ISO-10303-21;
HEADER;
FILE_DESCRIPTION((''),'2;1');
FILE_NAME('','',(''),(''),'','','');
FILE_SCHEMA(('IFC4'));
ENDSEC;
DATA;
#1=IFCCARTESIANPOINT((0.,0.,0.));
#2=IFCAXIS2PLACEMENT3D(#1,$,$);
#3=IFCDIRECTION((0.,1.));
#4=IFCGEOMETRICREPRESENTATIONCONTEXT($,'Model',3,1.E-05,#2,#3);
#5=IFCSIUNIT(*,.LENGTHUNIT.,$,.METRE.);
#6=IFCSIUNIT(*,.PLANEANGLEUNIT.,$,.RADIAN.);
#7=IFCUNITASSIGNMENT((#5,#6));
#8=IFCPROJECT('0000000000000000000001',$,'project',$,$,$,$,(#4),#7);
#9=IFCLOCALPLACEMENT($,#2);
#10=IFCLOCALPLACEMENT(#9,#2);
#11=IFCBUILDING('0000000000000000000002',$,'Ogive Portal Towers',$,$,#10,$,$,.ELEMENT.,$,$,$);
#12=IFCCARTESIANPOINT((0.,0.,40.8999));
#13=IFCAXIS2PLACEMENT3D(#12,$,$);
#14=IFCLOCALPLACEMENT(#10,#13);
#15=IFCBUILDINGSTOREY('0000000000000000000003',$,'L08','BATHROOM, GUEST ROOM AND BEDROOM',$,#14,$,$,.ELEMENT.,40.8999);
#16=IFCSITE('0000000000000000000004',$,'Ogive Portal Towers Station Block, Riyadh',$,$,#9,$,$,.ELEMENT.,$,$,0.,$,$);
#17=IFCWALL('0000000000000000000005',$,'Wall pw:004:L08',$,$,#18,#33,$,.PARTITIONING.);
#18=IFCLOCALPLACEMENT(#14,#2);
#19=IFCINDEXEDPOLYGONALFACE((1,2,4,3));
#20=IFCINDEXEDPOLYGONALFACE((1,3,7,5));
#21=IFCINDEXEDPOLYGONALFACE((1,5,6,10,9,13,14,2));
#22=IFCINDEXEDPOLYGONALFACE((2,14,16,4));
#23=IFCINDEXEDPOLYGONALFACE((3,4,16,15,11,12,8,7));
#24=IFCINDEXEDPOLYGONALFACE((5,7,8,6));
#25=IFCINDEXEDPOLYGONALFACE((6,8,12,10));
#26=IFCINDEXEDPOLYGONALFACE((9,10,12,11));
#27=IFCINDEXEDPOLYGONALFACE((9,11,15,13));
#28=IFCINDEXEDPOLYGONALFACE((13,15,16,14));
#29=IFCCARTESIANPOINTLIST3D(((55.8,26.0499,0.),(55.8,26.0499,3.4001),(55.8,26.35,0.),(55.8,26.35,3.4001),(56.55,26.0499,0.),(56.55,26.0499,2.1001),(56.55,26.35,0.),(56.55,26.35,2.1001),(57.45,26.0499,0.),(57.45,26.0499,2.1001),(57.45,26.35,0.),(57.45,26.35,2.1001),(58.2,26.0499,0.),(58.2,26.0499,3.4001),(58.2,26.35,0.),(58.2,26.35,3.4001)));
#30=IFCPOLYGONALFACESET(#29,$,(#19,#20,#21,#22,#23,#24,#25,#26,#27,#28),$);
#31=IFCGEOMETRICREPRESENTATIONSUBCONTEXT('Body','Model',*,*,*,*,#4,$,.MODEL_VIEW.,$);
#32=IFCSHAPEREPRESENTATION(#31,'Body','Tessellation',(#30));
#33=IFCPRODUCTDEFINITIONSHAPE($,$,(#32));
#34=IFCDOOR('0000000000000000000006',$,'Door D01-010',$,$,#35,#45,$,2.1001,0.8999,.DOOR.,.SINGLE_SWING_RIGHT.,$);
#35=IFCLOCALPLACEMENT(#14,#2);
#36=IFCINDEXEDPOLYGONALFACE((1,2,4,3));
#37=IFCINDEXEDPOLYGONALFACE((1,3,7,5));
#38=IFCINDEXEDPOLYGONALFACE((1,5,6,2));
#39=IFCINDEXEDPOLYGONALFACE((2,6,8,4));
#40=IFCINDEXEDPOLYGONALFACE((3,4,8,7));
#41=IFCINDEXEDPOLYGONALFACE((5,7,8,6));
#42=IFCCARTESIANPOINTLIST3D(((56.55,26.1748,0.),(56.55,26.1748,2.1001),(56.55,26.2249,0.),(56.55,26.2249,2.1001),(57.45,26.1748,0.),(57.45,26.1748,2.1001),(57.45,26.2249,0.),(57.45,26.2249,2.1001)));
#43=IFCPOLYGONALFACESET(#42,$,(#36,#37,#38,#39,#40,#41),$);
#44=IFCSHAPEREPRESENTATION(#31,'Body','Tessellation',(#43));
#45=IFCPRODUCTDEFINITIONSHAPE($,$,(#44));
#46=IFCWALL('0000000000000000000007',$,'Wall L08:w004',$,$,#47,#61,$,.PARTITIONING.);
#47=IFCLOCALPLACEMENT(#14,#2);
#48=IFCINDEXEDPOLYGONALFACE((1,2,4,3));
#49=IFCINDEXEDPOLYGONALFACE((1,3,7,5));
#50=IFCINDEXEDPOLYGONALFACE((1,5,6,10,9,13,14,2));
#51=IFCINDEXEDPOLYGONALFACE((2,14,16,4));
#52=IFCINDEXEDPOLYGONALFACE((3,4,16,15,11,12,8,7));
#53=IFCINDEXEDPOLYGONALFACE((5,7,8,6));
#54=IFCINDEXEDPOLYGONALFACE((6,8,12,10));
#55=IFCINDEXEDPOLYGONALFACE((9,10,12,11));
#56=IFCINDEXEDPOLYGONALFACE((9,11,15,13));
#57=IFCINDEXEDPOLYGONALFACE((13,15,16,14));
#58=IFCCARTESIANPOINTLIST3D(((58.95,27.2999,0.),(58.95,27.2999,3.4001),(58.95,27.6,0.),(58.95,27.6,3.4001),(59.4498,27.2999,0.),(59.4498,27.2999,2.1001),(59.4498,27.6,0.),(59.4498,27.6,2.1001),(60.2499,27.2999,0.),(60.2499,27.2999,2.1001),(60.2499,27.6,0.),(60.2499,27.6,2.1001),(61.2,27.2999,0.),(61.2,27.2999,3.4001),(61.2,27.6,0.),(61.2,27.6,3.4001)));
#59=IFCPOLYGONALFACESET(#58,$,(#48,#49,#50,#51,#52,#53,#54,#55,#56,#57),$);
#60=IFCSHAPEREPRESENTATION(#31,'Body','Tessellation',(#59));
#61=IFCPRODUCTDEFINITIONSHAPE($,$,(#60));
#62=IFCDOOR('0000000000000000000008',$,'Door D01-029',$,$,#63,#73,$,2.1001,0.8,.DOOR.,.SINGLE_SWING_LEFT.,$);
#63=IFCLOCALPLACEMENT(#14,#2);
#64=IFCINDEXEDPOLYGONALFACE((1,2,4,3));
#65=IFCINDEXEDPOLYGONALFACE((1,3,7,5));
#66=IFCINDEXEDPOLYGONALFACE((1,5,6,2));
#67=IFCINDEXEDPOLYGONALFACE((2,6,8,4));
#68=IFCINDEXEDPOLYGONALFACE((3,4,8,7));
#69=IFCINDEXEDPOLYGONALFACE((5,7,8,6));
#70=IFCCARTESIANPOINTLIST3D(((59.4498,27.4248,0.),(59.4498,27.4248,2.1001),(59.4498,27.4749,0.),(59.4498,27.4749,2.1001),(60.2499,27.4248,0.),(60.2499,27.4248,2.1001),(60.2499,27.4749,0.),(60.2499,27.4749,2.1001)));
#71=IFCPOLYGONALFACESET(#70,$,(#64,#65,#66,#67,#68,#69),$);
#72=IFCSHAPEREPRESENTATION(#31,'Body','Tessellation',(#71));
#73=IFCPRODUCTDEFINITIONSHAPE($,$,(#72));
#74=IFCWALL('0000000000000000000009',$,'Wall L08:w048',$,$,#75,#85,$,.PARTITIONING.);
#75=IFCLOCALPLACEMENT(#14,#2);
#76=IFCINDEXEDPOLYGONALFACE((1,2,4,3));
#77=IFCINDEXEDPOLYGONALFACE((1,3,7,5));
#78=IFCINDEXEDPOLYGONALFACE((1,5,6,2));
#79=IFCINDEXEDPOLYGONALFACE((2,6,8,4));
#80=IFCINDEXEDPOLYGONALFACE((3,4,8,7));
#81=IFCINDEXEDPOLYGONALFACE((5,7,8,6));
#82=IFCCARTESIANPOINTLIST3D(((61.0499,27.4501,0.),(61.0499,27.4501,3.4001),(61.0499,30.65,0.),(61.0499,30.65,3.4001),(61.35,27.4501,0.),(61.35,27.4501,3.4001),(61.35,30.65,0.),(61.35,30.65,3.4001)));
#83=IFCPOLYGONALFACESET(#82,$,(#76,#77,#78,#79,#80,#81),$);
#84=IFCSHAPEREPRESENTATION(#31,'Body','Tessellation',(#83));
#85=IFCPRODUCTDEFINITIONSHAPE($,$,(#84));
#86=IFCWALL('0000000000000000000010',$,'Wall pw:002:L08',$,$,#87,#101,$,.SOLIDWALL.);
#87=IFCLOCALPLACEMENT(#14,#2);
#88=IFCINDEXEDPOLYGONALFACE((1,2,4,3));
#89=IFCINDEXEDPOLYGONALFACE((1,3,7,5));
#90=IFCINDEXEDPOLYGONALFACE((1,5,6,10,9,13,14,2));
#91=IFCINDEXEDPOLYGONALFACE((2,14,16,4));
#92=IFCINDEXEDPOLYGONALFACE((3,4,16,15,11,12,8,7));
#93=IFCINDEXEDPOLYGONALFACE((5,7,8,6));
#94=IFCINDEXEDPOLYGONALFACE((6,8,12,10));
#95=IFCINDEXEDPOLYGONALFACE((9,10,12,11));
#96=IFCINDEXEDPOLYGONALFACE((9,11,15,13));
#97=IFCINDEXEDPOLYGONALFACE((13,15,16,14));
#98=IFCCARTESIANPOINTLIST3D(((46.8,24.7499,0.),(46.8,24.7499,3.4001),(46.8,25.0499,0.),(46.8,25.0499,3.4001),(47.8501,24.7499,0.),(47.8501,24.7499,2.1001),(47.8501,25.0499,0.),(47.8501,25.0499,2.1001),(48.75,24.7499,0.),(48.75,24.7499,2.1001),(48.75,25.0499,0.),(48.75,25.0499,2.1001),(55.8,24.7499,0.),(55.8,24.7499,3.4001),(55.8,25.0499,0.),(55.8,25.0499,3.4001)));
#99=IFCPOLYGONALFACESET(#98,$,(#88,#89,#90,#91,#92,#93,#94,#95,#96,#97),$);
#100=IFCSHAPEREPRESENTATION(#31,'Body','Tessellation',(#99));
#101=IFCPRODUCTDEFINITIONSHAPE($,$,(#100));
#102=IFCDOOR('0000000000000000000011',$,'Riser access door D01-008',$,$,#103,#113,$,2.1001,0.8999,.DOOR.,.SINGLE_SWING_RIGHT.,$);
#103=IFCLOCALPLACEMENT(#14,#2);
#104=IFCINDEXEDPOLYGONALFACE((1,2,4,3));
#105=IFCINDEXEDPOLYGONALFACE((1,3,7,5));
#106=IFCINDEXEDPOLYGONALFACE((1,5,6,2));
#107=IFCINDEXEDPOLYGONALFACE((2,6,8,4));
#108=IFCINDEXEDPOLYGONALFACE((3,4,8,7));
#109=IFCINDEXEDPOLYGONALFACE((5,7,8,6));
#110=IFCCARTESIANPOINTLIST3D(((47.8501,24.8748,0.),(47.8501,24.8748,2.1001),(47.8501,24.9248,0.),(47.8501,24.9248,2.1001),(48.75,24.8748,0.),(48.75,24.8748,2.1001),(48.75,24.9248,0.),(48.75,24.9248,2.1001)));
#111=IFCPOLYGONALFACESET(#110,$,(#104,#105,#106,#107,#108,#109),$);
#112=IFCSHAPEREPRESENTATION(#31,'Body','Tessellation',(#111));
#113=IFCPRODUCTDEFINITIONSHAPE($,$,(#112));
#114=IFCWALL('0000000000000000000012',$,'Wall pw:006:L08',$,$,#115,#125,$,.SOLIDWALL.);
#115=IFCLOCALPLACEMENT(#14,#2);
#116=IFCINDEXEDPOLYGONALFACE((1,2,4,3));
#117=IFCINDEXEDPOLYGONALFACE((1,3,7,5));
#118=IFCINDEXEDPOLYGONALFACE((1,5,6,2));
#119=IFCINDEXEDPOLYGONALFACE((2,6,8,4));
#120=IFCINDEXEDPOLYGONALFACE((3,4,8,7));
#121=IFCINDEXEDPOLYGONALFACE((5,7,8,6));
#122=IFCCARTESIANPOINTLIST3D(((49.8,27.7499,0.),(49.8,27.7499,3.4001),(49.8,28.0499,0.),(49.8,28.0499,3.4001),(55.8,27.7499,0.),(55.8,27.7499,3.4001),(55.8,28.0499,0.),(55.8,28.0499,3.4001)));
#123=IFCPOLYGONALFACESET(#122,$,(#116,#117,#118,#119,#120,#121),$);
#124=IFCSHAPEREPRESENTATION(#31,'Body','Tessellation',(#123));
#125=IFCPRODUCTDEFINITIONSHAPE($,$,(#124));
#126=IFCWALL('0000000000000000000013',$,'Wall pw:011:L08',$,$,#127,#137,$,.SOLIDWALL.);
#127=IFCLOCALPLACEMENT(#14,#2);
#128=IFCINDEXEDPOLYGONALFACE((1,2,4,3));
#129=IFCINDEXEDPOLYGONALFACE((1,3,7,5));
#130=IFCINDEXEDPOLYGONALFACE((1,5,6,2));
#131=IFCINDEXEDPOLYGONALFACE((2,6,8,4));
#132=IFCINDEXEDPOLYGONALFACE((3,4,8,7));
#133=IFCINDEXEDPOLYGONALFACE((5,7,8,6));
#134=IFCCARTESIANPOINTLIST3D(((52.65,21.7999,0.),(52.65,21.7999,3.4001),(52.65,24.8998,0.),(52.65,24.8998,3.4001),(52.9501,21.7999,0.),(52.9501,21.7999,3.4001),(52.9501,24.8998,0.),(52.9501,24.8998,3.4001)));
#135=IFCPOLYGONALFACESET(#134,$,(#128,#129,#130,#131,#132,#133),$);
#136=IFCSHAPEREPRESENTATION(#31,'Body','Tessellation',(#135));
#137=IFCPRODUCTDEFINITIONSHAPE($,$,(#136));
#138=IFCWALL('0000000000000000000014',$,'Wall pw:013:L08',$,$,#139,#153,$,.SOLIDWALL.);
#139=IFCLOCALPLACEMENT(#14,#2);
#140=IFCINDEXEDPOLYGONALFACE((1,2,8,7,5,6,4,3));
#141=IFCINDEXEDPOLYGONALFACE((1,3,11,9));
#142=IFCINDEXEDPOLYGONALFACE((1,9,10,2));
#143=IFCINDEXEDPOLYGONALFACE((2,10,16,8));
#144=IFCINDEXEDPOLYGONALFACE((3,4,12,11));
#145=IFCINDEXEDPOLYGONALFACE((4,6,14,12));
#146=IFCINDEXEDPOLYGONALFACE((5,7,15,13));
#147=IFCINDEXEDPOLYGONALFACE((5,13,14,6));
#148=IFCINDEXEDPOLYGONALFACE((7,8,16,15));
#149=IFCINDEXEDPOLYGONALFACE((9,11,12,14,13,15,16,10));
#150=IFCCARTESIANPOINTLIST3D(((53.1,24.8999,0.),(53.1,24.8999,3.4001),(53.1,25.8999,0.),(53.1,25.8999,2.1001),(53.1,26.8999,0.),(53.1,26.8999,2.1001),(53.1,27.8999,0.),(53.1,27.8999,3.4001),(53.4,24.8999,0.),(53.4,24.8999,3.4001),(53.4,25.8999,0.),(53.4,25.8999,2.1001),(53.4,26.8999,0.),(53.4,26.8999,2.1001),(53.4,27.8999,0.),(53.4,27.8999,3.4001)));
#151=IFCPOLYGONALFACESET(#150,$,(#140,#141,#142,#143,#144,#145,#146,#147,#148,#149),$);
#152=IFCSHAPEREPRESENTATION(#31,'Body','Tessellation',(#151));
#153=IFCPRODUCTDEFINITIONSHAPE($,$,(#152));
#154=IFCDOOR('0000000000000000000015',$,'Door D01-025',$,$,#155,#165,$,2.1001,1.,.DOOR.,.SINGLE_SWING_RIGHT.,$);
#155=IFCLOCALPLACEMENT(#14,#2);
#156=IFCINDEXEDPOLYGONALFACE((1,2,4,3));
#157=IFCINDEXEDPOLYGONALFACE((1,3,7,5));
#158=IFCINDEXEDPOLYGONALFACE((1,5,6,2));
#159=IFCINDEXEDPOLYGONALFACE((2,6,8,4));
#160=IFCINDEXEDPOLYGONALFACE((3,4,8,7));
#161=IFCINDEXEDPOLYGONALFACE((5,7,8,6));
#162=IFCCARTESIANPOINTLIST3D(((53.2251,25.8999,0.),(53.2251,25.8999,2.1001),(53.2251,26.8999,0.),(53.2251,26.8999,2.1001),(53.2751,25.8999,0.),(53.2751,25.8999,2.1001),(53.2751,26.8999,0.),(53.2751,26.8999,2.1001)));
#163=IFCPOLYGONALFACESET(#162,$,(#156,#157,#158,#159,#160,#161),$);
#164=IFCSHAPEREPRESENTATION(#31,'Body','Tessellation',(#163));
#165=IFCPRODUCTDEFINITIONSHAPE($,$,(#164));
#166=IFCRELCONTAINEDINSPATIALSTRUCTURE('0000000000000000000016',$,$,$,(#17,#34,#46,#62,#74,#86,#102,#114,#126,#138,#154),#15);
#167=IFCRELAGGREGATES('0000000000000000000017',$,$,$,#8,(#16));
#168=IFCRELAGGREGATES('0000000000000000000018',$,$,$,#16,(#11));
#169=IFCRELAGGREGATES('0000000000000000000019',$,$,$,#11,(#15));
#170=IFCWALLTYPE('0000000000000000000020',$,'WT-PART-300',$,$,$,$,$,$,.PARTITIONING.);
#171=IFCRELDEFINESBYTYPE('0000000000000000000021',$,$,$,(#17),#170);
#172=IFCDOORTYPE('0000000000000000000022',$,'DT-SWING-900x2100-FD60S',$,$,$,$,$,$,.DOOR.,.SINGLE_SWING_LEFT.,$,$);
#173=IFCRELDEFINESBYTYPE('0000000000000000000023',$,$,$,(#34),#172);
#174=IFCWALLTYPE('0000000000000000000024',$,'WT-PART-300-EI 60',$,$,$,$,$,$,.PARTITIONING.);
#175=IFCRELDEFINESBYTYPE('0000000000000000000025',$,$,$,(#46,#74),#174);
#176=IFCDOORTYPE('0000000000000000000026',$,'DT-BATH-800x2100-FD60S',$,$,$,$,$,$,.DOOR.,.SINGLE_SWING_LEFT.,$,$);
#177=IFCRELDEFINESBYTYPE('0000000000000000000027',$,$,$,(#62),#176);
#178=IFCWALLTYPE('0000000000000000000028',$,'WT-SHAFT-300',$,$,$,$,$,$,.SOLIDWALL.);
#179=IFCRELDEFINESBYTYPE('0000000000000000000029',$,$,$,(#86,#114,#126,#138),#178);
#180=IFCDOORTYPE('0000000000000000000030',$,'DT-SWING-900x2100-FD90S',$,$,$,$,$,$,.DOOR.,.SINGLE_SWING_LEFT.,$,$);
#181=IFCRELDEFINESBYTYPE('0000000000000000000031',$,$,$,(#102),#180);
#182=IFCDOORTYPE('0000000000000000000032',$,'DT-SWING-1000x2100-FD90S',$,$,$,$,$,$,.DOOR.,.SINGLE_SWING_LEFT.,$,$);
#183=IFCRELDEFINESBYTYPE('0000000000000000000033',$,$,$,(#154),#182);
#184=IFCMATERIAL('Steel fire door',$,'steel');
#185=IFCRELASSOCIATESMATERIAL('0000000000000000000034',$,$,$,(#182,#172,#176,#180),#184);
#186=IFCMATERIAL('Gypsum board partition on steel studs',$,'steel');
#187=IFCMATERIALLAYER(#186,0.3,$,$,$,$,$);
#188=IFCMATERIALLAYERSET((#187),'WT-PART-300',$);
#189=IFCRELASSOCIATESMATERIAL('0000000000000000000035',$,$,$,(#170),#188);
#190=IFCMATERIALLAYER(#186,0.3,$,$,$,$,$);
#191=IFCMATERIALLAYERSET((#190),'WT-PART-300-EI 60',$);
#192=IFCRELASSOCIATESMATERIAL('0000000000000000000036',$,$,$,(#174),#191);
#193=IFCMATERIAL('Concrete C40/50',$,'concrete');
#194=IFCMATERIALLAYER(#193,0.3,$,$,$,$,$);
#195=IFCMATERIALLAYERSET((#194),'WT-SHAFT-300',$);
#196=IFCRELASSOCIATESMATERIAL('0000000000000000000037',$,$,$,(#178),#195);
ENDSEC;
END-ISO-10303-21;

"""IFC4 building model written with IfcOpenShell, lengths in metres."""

from ifc_helpers import new_model, si_unit, direction, frame, frame_2d, origin, place, context, subcontext, project, spatial, rectangle, extrude, material, layer, layer_set, type_object, element, fill, save


model = new_model("IFC4")

# Units and contexts
model_context = context("Model", 3, precision=1e-05, world=origin(), true_north=direction((0.0, 1.0)))
body_context = subcontext(model_context, "Body", "Model", "MODEL_VIEW")
ifc_project = project(units=[si_unit("LENGTHUNIT", "METRE"), si_unit("PLANEANGLEUNIT", "RADIAN")], contexts=[model_context])

# Site, building, storey
site_placement = place(None, origin())
site = spatial("IfcSite", under=ifc_project, at=site_placement, Name="Ogive Portal Towers Station Block, Riyadh", CompositionType="ELEMENT", RefElevation=0.0)
building_placement = place(site_placement, origin())
building = spatial("IfcBuilding", under=site, at=building_placement, Name="Ogive Portal Towers", CompositionType="ELEMENT")
storey_placement = place(building_placement, frame((0.0, 0.0, 40.8999)))
storey = spatial("IfcBuildingStorey", under=building, at=storey_placement, Name="L08", Description="BATHROOM, GUEST ROOM AND BEDROOM", CompositionType="ELEMENT", Elevation=40.8999)

# Shared definitions
ifc_material_1 = material(Name="Steel fire door", Category="steel")
door_type_1 = type_object("IfcDoorType", Name="DT-SWING-1000x2100-FD90S", OperationType="SINGLE_SWING_LEFT", PredefinedType="DOOR", material=ifc_material_1)

# Walls, openings, doors
ifc_material_2 = material(Name="Gypsum board partition on steel studs", Category="steel")
ifc_layer_1 = layer(ifc_material_2, 0.3)
ifc_layer_set_1 = layer_set([ifc_layer_1], Name="WT-PART-300")
wall_type_1 = type_object("IfcWallType", Name="WT-PART-300", PredefinedType="PARTITIONING", material=ifc_layer_set_1)
wall_1_placement = place(storey_placement, frame((55.8, 26.2, 0.0), z_axis=(0.0, 0.0, 1.0), x_axis=(1.0, 0.0, 0.0)))
wall_1 = element("IfcWall", 1, at=wall_1_placement, inside=storey, type_object=wall_type_1, Name="Wall pw:004:L08", PredefinedType="PARTITIONING", context=body_context, shape_type="SweptSolid", body=[
    extrude(rectangle(XDim=2.3999, YDim=0.3, at=frame_2d((1.2, 0.0))), origin(), (0.0, 0.0, 1.0), 3.4001),
])
opening_1_placement = place(wall_1_placement, frame((0.75, 0.0, 0.0)))
opening_1 = element("IfcOpeningElement", 2, at=opening_1_placement, cuts=wall_1, PredefinedType="OPENING", context=body_context, shape_type="SweptSolid", body=[
    extrude(rectangle(XDim=0.8999, YDim=2.1001, at=frame_2d((0.45, 1.05))), frame((0.0, 0.1602, 0.0), z_axis=(0.0, -1.0, 0.0), x_axis=(1.0, 0.0, 0.0)), (0.0, 0.0, 1.0), 0.3201),
])
door_type_2 = type_object("IfcDoorType", Name="DT-SWING-900x2100-FD60S", OperationType="SINGLE_SWING_LEFT", PredefinedType="DOOR", material=ifc_material_1)
door_1_placement = place(opening_1_placement, origin())
door_1 = element("IfcDoor", 3, at=door_1_placement, inside=storey, type_object=door_type_2, Name="Door D01-010", OperationType="SINGLE_SWING_RIGHT", OverallHeight=2.1001, OverallWidth=0.8999, PredefinedType="DOOR", context=body_context, shape_type="SweptSolid", body=[
    extrude(rectangle(XDim=0.8999, YDim=2.1001, at=frame_2d((0.45, 1.05))), frame((0.0, 0.0249, 0.0), z_axis=(0.0, -1.0, 0.0), x_axis=(1.0, 0.0, 0.0)), (0.0, 0.0, 1.0), 0.05),
])
fill(opening_1, door_1)
ifc_layer_2 = layer(ifc_material_2, 0.3)
ifc_layer_set_2 = layer_set([ifc_layer_2], Name="WT-PART-300-EI 60")
wall_type_2 = type_object("IfcWallType", Name="WT-PART-300-EI 60", PredefinedType="PARTITIONING", material=ifc_layer_set_2)
wall_2_placement = place(storey_placement, frame((58.95, 27.45, 0.0), z_axis=(0.0, 0.0, 1.0), x_axis=(1.0, 0.0, 0.0)))
wall_2 = element("IfcWall", 4, at=wall_2_placement, inside=storey, type_object=wall_type_2, Name="Wall L08:w004", PredefinedType="PARTITIONING", context=body_context, shape_type="SweptSolid", body=[
    extrude(rectangle(XDim=2.25, YDim=0.3, at=frame_2d((1.125, 0.0))), origin(), (0.0, 0.0, 1.0), 3.4001),
])
opening_2_placement = place(wall_2_placement, frame((0.5, 0.0, 0.0)))
opening_2 = element("IfcOpeningElement", 5, at=opening_2_placement, cuts=wall_2, PredefinedType="OPENING", context=body_context, shape_type="SweptSolid", body=[
    extrude(rectangle(XDim=0.8, YDim=2.1001, at=frame_2d((0.3999, 1.05))), frame((0.0, 0.1602, 0.0), z_axis=(0.0, -1.0, 0.0), x_axis=(1.0, 0.0, 0.0)), (0.0, 0.0, 1.0), 0.3201),
])
door_type_3 = type_object("IfcDoorType", Name="DT-BATH-800x2100-FD60S", OperationType="SINGLE_SWING_LEFT", PredefinedType="DOOR", material=ifc_material_1)
door_2_placement = place(opening_2_placement, origin())
door_2 = element("IfcDoor", 6, at=door_2_placement, inside=storey, type_object=door_type_3, Name="Door D01-029", OperationType="SINGLE_SWING_LEFT", OverallHeight=2.1001, OverallWidth=0.8, PredefinedType="DOOR", context=body_context, shape_type="SweptSolid", body=[
    extrude(rectangle(XDim=0.8, YDim=2.1001, at=frame_2d((0.3999, 1.05))), frame((0.0, 0.0249, 0.0), z_axis=(0.0, -1.0, 0.0), x_axis=(1.0, 0.0, 0.0)), (0.0, 0.0, 1.0), 0.05),
])
fill(opening_2, door_2)

# Wall
wall_3_placement = place(storey_placement, frame((61.2, 27.45, 0.0), z_axis=(0.0, 0.0, 1.0), x_axis=(0.0, 1.0, 0.0)))
element("IfcWall", 7, at=wall_3_placement, inside=storey, type_object=wall_type_2, Name="Wall L08:w048", PredefinedType="PARTITIONING", context=body_context, shape_type="SweptSolid", body=[
    extrude(rectangle(XDim=3.2, YDim=0.3, at=frame_2d((1.6001, 0.0))), origin(), (0.0, 0.0, 1.0), 3.4001),
])

# Wall, opening, door
ifc_material_3 = material(Name="Concrete C40/50", Category="concrete")
ifc_layer_3 = layer(ifc_material_3, 0.3)
ifc_layer_set_3 = layer_set([ifc_layer_3], Name="WT-SHAFT-300")
wall_type_3 = type_object("IfcWallType", Name="WT-SHAFT-300", PredefinedType="SOLIDWALL", material=ifc_layer_set_3)
wall_4_placement = place(storey_placement, frame((46.8, 24.8999, 0.0), z_axis=(0.0, 0.0, 1.0), x_axis=(1.0, 0.0, 0.0)))
wall_4 = element("IfcWall", 8, at=wall_4_placement, inside=storey, type_object=wall_type_3, Name="Wall pw:002:L08", PredefinedType="SOLIDWALL", context=body_context, shape_type="SweptSolid", body=[
    extrude(rectangle(XDim=9.0, YDim=0.3, at=frame_2d((4.5, 0.0))), origin(), (0.0, 0.0, 1.0), 3.4001),
])
opening_3_placement = place(wall_4_placement, frame((1.05, 0.0, 0.0)))
opening_3 = element("IfcOpeningElement", 9, at=opening_3_placement, cuts=wall_4, PredefinedType="OPENING", context=body_context, shape_type="SweptSolid", body=[
    extrude(rectangle(XDim=0.8999, YDim=2.1001, at=frame_2d((0.45, 1.05))), frame((0.0, 0.1602, 0.0), z_axis=(0.0, -1.0, 0.0), x_axis=(1.0, 0.0, 0.0)), (0.0, 0.0, 1.0), 0.3201),
])
door_type_4 = type_object("IfcDoorType", Name="DT-SWING-900x2100-FD90S", OperationType="SINGLE_SWING_LEFT", PredefinedType="DOOR", material=ifc_material_1)
door_3_placement = place(opening_3_placement, origin())
door_3 = element("IfcDoor", 10, at=door_3_placement, inside=storey, type_object=door_type_4, Name="Riser access door D01-008", OperationType="SINGLE_SWING_RIGHT", OverallHeight=2.1001, OverallWidth=0.8999, PredefinedType="DOOR", context=body_context, shape_type="SweptSolid", body=[
    extrude(rectangle(XDim=0.8999, YDim=2.1001, at=frame_2d((0.45, 1.05))), frame((0.0, 0.0249, 0.0), z_axis=(0.0, -1.0, 0.0), x_axis=(1.0, 0.0, 0.0)), (0.0, 0.0, 1.0), 0.05),
])
fill(opening_3, door_3)

# Walls
wall_5_placement = place(storey_placement, frame((49.8, 27.8999, 0.0), z_axis=(0.0, 0.0, 1.0), x_axis=(1.0, 0.0, 0.0)))
element("IfcWall", 11, at=wall_5_placement, inside=storey, type_object=wall_type_3, Name="Wall pw:006:L08", PredefinedType="SOLIDWALL", context=body_context, shape_type="SweptSolid", body=[
    extrude(rectangle(XDim=6.0, YDim=0.3, at=frame_2d((3.0, 0.0))), origin(), (0.0, 0.0, 1.0), 3.4001),
])
wall_6_placement = place(storey_placement, frame((52.8, 21.8, 0.0), z_axis=(0.0, 0.0, 1.0), x_axis=(0.0, 1.0, 0.0)))
element("IfcWall", 12, at=wall_6_placement, inside=storey, type_object=wall_type_3, Name="Wall pw:011:L08", PredefinedType="SOLIDWALL", context=body_context, shape_type="SweptSolid", body=[
    extrude(rectangle(XDim=3.0999, YDim=0.3, at=frame_2d((1.5498, 0.0))), origin(), (0.0, 0.0, 1.0), 3.4001),
])

# Wall, opening, door
wall_7_placement = place(storey_placement, frame((53.25, 24.8999, 0.0), z_axis=(0.0, 0.0, 1.0), x_axis=(0.0, 1.0, 0.0)))
wall_7 = element("IfcWall", 13, at=wall_7_placement, inside=storey, type_object=wall_type_3, Name="Wall pw:013:L08", PredefinedType="SOLIDWALL", context=body_context, shape_type="SweptSolid", body=[
    extrude(rectangle(XDim=3.0, YDim=0.3, at=frame_2d((1.5, 0.0))), origin(), (0.0, 0.0, 1.0), 3.4001),
])
opening_4_placement = place(wall_7_placement, frame((1.0, 0.0, 0.0)))
opening_4 = element("IfcOpeningElement", 14, at=opening_4_placement, cuts=wall_7, PredefinedType="OPENING", context=body_context, shape_type="SweptSolid", body=[
    extrude(rectangle(XDim=1.0, YDim=2.1001, at=frame_2d((0.5, 1.05))), frame((0.0, 0.1602, 0.0), z_axis=(0.0, -1.0, 0.0), x_axis=(1.0, 0.0, 0.0)), (0.0, 0.0, 1.0), 0.3201),
])
door_4_placement = place(opening_4_placement, origin())
door_4 = element("IfcDoor", 15, at=door_4_placement, inside=storey, type_object=door_type_1, Name="Door D01-025", OperationType="SINGLE_SWING_RIGHT", OverallHeight=2.1001, OverallWidth=1.0, PredefinedType="DOOR", context=body_context, shape_type="SweptSolid", body=[
    extrude(rectangle(XDim=1.0, YDim=2.1001, at=frame_2d((0.5, 1.05))), frame((0.0, 0.0249, 0.0), z_axis=(0.0, -1.0, 0.0), x_axis=(1.0, 0.0, 0.0)), (0.0, 0.0, 1.0), 0.05),
])
fill(opening_4, door_4)

save(model, "model.ifc")
